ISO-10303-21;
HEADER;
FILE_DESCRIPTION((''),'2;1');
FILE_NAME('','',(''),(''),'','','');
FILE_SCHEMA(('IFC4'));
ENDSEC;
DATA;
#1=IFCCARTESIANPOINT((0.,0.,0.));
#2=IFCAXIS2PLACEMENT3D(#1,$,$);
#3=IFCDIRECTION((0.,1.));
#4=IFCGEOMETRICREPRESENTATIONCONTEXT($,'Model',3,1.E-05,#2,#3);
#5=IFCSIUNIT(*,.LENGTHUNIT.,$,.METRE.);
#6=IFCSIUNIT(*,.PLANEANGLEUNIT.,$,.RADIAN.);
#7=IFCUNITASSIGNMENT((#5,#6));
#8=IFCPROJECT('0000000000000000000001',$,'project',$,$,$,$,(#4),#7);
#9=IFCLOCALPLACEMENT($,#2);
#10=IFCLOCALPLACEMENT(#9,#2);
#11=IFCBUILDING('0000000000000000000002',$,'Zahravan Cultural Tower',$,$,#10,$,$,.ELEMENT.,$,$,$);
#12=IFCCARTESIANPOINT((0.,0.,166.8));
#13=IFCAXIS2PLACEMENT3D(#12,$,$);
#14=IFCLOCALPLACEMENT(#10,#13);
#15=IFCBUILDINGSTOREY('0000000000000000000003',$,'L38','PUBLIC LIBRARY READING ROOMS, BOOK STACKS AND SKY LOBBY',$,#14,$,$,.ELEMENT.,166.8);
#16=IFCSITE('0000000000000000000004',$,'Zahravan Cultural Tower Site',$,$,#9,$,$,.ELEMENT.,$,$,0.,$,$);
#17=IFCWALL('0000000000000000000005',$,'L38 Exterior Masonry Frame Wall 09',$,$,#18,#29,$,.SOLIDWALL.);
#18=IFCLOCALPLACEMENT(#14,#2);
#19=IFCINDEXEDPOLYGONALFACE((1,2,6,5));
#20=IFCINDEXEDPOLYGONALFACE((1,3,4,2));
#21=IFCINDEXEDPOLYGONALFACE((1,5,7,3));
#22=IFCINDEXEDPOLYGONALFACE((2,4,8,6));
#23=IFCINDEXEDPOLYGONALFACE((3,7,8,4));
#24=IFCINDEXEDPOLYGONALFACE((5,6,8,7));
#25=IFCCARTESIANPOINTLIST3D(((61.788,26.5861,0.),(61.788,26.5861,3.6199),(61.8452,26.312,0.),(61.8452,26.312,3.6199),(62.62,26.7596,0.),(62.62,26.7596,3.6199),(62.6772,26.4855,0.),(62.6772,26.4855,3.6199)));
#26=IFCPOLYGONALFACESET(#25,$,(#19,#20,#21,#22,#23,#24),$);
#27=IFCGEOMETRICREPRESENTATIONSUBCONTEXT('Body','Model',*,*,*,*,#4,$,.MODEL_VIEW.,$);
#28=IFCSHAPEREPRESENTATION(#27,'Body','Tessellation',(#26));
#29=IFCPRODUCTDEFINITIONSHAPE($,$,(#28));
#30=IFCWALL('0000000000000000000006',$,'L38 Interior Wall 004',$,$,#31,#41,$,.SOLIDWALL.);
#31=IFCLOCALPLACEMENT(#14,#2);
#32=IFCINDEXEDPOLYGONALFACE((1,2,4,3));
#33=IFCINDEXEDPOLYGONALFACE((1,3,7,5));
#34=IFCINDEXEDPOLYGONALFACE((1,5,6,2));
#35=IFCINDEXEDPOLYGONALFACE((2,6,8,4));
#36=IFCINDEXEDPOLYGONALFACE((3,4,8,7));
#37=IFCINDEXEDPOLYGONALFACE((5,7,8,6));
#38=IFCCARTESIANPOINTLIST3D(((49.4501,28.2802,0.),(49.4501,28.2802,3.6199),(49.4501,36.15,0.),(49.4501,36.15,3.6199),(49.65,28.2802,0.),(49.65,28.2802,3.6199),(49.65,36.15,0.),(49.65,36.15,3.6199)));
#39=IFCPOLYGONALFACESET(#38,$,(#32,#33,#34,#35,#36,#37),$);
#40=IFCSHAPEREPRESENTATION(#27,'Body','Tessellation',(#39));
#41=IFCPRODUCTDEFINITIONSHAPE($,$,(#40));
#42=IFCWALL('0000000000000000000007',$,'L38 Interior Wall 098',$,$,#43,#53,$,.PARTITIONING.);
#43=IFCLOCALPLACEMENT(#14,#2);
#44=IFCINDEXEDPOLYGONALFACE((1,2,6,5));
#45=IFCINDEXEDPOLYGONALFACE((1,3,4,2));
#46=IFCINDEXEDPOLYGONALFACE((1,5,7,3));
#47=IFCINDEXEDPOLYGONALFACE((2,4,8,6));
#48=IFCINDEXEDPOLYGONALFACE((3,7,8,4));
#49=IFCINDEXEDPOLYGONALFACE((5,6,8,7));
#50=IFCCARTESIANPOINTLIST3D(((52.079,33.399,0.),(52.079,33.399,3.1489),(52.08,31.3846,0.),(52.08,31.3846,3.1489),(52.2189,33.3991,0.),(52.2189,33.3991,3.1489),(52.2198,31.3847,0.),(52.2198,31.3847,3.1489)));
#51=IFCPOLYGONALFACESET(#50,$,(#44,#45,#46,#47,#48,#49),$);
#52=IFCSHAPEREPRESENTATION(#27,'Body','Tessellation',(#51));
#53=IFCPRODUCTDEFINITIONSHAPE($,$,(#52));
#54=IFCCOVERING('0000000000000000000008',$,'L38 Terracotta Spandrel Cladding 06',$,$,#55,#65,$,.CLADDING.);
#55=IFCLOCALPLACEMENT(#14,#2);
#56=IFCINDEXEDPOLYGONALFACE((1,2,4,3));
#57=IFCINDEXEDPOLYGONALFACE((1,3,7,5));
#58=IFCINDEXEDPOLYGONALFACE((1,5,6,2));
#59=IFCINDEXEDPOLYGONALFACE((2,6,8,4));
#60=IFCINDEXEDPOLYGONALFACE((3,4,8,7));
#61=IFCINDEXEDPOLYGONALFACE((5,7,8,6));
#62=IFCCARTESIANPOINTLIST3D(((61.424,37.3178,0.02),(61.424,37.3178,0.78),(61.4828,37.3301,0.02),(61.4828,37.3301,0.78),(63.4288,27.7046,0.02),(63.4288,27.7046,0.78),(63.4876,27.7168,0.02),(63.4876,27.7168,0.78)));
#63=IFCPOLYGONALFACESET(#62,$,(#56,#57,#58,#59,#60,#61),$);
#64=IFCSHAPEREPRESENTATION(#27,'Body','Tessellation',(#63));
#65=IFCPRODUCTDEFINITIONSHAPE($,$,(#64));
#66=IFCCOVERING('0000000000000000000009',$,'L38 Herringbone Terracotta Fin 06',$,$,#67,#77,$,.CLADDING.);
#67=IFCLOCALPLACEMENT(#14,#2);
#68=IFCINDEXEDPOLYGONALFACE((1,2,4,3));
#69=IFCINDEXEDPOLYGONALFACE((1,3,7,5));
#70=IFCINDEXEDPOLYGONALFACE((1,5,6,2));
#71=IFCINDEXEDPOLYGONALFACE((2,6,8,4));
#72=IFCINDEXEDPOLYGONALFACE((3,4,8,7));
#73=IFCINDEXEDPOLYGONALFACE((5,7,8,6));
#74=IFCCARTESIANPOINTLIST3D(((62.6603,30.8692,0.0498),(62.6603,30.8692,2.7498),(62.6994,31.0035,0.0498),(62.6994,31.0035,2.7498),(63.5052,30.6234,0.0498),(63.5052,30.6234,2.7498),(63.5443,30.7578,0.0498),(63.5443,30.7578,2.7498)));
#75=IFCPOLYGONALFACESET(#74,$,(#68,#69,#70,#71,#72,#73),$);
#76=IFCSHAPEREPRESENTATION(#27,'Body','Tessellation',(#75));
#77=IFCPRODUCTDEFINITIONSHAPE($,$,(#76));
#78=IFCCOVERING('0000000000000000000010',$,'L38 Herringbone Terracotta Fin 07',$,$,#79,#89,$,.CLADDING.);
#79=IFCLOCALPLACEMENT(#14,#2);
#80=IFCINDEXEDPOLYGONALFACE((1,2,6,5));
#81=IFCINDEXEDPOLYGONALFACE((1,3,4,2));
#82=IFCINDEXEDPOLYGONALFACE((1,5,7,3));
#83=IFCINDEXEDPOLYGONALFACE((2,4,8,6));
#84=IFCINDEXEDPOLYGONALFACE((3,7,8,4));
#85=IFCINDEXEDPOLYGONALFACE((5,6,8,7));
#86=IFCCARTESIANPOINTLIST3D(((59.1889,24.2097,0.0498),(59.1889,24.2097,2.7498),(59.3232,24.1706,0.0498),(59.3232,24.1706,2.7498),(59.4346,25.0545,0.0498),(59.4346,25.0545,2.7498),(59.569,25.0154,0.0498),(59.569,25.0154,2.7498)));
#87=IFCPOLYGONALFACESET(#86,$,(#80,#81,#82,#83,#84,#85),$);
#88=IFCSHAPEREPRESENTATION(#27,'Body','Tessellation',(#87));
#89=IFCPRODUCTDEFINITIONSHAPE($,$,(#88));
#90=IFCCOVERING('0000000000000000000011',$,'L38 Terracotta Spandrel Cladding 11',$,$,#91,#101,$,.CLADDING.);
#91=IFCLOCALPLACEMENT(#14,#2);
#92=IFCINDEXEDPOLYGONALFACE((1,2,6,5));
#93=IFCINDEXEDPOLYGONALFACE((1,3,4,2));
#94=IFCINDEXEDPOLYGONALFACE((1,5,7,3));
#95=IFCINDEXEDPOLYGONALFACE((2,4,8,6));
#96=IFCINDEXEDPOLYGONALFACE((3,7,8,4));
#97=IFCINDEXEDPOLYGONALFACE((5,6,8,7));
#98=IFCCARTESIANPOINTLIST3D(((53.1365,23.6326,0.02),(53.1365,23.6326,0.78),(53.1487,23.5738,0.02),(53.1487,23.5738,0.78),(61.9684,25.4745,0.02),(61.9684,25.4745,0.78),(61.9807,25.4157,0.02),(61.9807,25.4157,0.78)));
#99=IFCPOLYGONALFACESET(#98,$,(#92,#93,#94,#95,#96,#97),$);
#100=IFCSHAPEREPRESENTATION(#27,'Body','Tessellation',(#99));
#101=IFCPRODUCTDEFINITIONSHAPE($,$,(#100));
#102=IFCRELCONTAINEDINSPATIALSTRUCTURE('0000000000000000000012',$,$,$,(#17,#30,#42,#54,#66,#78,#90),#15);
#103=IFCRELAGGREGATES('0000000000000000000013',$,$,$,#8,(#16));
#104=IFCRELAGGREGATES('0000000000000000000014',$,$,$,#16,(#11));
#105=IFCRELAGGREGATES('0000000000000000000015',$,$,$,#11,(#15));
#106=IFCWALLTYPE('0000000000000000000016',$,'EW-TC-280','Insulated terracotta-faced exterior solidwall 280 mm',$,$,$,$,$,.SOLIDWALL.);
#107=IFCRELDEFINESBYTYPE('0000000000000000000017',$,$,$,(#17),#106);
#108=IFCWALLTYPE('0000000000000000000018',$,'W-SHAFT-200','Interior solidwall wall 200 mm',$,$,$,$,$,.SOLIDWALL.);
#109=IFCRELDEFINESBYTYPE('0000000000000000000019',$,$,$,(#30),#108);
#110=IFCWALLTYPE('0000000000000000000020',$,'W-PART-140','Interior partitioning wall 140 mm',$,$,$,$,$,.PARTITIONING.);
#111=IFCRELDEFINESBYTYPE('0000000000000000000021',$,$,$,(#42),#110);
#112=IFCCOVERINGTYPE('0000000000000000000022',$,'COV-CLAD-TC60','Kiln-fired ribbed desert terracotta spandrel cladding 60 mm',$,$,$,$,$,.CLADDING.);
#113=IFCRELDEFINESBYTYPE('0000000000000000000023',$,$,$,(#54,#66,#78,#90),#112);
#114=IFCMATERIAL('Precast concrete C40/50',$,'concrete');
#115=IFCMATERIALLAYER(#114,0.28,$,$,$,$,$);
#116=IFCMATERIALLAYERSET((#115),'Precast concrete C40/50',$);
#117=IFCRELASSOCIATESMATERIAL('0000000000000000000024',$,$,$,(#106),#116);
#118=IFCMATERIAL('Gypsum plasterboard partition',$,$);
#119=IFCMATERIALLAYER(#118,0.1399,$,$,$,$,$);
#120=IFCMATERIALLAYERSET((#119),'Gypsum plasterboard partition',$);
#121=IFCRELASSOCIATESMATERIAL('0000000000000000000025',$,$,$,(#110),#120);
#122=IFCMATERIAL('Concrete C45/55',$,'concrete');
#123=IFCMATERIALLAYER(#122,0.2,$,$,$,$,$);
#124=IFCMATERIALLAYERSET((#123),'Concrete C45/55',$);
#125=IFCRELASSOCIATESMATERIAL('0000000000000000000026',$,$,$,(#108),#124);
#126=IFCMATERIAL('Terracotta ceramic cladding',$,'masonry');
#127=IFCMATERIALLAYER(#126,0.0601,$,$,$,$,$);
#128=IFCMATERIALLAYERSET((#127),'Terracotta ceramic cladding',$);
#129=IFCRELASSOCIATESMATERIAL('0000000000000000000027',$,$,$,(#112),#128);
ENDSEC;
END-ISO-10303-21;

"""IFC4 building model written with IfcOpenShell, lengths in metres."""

from ifc_helpers import new_model, si_unit, direction, frame, frame_2d, origin, origin_2d, place, context, subcontext, project, spatial, rectangle, extrude, source, transform, mapped, material, layer, layer_set, type_object, element, save


model = new_model("IFC4")

# Units and contexts
model_context = context("Model", 3, precision=1e-05, world=origin(), true_north=direction((0.0, 1.0)))
body_context = subcontext(model_context, "Body", "Model", "MODEL_VIEW")
ifc_project = project(units=[si_unit("LENGTHUNIT", "METRE"), si_unit("PLANEANGLEUNIT", "RADIAN")], contexts=[model_context])

# Site, building, storey
site_placement = place(None, origin())
site = spatial("IfcSite", under=ifc_project, at=site_placement, Name="Zahravan Cultural Tower Site", CompositionType="ELEMENT", RefElevation=0.0)
building_placement = place(site_placement, origin())
building = spatial("IfcBuilding", under=site, at=building_placement, Name="Zahravan Cultural Tower", CompositionType="ELEMENT")
storey_placement = place(building_placement, frame((0.0, 0.0, 166.8)))
storey = spatial("IfcBuildingStorey", under=building, at=storey_placement, Name="L38", Description="PUBLIC LIBRARY READING ROOMS, BOOK STACKS AND SKY LOBBY", CompositionType="ELEMENT", Elevation=166.8)

# Shared definitions
ifc_material_1 = material(Name="Precast concrete C40/50", Category="concrete")
ifc_layer_1 = layer(ifc_material_1, 0.28)
ifc_layer_set_1 = layer_set([ifc_layer_1], Name="Precast concrete C40/50")
wall_type_1 = type_object("IfcWallType", Name="EW-TC-280", Description="Insulated terracotta-faced exterior solidwall 280 mm", PredefinedType="SOLIDWALL", material=ifc_layer_set_1)

# Shared definitions
ifc_material_2 = material(Name="Gypsum plasterboard partition")
ifc_layer_2 = layer(ifc_material_2, 0.1399)
ifc_layer_set_2 = layer_set([ifc_layer_2], Name="Gypsum plasterboard partition")
wall_type_2 = type_object("IfcWallType", Name="W-PART-140", Description="Interior partitioning wall 140 mm", PredefinedType="PARTITIONING", material=ifc_layer_set_2)

# Walls
shared_shape_1 = source(origin(), body_context, "Body", "SweptSolid", [
    extrude(rectangle(XDim=0.8499, YDim=0.28, at=frame_2d((0.4248, 0.0))), origin(), (0.0, 0.0, 1.0), 3.6199),
])
for number, where, z_axis, x_axis, name in (
    (1, (62.6484, 26.6226, 0.0), (0.0, 0.0, 1.0), (-0.978923, -0.20423, 0.0), "L38 Exterior Masonry Frame Wall 09"),
):
    element("IfcWall", number, at=place(storey_placement, frame(where, z_axis=z_axis, x_axis=x_axis)), inside=storey, type_object=wall_type_1, Name=name, PredefinedType="SOLIDWALL", context=body_context, shape_type="MappedRepresentation", body=[
        mapped(shared_shape_1, transform((0.0, 0.0, 0.0), x_axis=(1.0, 0.0, 0.0), y_axis=(0.0, 1.0, 0.0), z_axis=(0.0, 0.0, 1.0), scale=1.0)),
    ])
ifc_material_3 = material(Name="Concrete C45/55", Category="concrete")
ifc_layer_3 = layer(ifc_material_3, 0.2)
ifc_layer_set_3 = layer_set([ifc_layer_3], Name="Concrete C45/55")
wall_type_3 = type_object("IfcWallType", Name="W-SHAFT-200", Description="Interior solidwall wall 200 mm", PredefinedType="SOLIDWALL", material=ifc_layer_set_3)
shared_shape_2 = source(origin(), body_context, "Body", "SweptSolid", [
    extrude(rectangle(XDim=7.8699, YDim=0.2, at=frame_2d((3.9351, 0.0))), origin(), (0.0, 0.0, 1.0), 3.6199),
])
wall_1_placement = place(storey_placement, frame((49.55, 28.28, 0.0), z_axis=(0.0, 0.0, 1.0), x_axis=(0.0, 1.0, 0.0)))
element("IfcWall", 2, at=wall_1_placement, inside=storey, type_object=wall_type_3, Name="L38 Interior Wall 004", PredefinedType="SOLIDWALL", context=body_context, shape_type="MappedRepresentation", body=[
    mapped(shared_shape_2, transform((0.0, 0.0, 0.0), x_axis=(1.0, 0.0, 0.0), y_axis=(0.0, 1.0, 0.0), z_axis=(0.0, 0.0, 1.0), scale=1.0)),
])
shared_shape_3 = source(origin(), body_context, "Body", "SweptSolid", [
    extrude(rectangle(XDim=2.0144, YDim=0.1399, at=frame_2d((1.0073, 0.0))), origin(), (0.0, 0.0, 1.0), 3.1489),
])
wall_2_placement = place(storey_placement, frame((52.1499, 31.3845, 0.0), z_axis=(0.0, 0.0, 1.0), x_axis=(-0.000485, 1.0, 0.0)))
element("IfcWall", 3, at=wall_2_placement, inside=storey, type_object=wall_type_2, Name="L38 Interior Wall 098", PredefinedType="PARTITIONING", context=body_context, shape_type="MappedRepresentation", body=[
    mapped(shared_shape_3, transform((0.0, 0.0, 0.0), x_axis=(1.0, 0.0, 0.0), y_axis=(0.0, 1.0, 0.0), z_axis=(0.0, 0.0, 1.0), scale=1.0)),
])

# Coverings
ifc_material_4 = material(Name="Terracotta ceramic cladding", Category="masonry")
ifc_layer_4 = layer(ifc_material_4, 0.0601)
ifc_layer_set_4 = layer_set([ifc_layer_4], Name="Terracotta ceramic cladding")
covering_type = type_object("IfcCoveringType", Name="COV-CLAD-TC60", Description="Kiln-fired ribbed desert terracotta spandrel cladding 60 mm", PredefinedType="CLADDING", material=ifc_layer_set_4)
shared_shape_4 = source(origin(), body_context, "Body", "SweptSolid", [
    extrude(rectangle(XDim=9.8201, YDim=0.0601, at=origin_2d()), origin(), (0.0, 0.0, 1.0), 0.76),
])
covering_1_placement = place(storey_placement, frame((62.4558, 32.5173, 0.02), z_axis=(0.0, 0.0, 1.0), x_axis=(0.204154, -0.978939, 0.0)))
element("IfcCovering", 4, at=covering_1_placement, inside=storey, type_object=covering_type, Name="L38 Terracotta Spandrel Cladding 06", PredefinedType="CLADDING", context=body_context, shape_type="MappedRepresentation", body=[
    mapped(shared_shape_4, transform((0.0, 0.0, 0.0), x_axis=(1.0, 0.0, 0.0), y_axis=(0.0, 1.0, 0.0), z_axis=(0.0, 0.0, 1.0), scale=1.0)),
])
shared_shape_5 = source(origin(), body_context, "Body", "SweptSolid", [
    extrude(rectangle(XDim=0.8799, YDim=0.1399, at=origin_2d()), origin(), (0.0, 0.0, 1.0), 2.7),
])
for number, where, z_axis, x_axis, name in (
    (5, (63.1023, 30.8135, 0.0498), (0.0, 0.0, 1.0), (0.960196, -0.279326, 0.0), "L38 Herringbone Terracotta Fin 06"),
    (6, (59.3789, 24.6125, 0.0498), (0.0, 0.0, 1.0), (-0.279326, -0.960196, 0.0), "L38 Herringbone Terracotta Fin 07"),
):
    element("IfcCovering", number, at=place(storey_placement, frame(where, z_axis=z_axis, x_axis=x_axis)), inside=storey, type_object=covering_type, Name=name, PredefinedType="CLADDING", context=body_context, shape_type="MappedRepresentation", body=[
        mapped(shared_shape_5, transform((0.0, 0.0, 0.0), x_axis=(1.0, 0.0, 0.0), y_axis=(0.0, 1.0, 0.0), z_axis=(0.0, 0.0, 1.0), scale=1.0)),
    ])
shared_shape_6 = source(origin(), body_context, "Body", "SweptSolid", [
    extrude(rectangle(XDim=9.022, YDim=0.0601, at=origin_2d()), origin(), (0.0, 0.0, 1.0), 0.76),
])
covering_2_placement = place(storey_placement, frame((57.5586, 24.5242, 0.02), z_axis=(0.0, 0.0, 1.0), x_axis=(-0.978939, -0.204154, 0.0)))
element("IfcCovering", 7, at=covering_2_placement, inside=storey, type_object=covering_type, Name="L38 Terracotta Spandrel Cladding 11", PredefinedType="CLADDING", context=body_context, shape_type="MappedRepresentation", body=[
    mapped(shared_shape_6, transform((0.0, 0.0, 0.0), x_axis=(1.0, 0.0, 0.0), y_axis=(0.0, 1.0, 0.0), z_axis=(0.0, 0.0, 1.0), scale=1.0)),
])

save(model, "model.ifc")
